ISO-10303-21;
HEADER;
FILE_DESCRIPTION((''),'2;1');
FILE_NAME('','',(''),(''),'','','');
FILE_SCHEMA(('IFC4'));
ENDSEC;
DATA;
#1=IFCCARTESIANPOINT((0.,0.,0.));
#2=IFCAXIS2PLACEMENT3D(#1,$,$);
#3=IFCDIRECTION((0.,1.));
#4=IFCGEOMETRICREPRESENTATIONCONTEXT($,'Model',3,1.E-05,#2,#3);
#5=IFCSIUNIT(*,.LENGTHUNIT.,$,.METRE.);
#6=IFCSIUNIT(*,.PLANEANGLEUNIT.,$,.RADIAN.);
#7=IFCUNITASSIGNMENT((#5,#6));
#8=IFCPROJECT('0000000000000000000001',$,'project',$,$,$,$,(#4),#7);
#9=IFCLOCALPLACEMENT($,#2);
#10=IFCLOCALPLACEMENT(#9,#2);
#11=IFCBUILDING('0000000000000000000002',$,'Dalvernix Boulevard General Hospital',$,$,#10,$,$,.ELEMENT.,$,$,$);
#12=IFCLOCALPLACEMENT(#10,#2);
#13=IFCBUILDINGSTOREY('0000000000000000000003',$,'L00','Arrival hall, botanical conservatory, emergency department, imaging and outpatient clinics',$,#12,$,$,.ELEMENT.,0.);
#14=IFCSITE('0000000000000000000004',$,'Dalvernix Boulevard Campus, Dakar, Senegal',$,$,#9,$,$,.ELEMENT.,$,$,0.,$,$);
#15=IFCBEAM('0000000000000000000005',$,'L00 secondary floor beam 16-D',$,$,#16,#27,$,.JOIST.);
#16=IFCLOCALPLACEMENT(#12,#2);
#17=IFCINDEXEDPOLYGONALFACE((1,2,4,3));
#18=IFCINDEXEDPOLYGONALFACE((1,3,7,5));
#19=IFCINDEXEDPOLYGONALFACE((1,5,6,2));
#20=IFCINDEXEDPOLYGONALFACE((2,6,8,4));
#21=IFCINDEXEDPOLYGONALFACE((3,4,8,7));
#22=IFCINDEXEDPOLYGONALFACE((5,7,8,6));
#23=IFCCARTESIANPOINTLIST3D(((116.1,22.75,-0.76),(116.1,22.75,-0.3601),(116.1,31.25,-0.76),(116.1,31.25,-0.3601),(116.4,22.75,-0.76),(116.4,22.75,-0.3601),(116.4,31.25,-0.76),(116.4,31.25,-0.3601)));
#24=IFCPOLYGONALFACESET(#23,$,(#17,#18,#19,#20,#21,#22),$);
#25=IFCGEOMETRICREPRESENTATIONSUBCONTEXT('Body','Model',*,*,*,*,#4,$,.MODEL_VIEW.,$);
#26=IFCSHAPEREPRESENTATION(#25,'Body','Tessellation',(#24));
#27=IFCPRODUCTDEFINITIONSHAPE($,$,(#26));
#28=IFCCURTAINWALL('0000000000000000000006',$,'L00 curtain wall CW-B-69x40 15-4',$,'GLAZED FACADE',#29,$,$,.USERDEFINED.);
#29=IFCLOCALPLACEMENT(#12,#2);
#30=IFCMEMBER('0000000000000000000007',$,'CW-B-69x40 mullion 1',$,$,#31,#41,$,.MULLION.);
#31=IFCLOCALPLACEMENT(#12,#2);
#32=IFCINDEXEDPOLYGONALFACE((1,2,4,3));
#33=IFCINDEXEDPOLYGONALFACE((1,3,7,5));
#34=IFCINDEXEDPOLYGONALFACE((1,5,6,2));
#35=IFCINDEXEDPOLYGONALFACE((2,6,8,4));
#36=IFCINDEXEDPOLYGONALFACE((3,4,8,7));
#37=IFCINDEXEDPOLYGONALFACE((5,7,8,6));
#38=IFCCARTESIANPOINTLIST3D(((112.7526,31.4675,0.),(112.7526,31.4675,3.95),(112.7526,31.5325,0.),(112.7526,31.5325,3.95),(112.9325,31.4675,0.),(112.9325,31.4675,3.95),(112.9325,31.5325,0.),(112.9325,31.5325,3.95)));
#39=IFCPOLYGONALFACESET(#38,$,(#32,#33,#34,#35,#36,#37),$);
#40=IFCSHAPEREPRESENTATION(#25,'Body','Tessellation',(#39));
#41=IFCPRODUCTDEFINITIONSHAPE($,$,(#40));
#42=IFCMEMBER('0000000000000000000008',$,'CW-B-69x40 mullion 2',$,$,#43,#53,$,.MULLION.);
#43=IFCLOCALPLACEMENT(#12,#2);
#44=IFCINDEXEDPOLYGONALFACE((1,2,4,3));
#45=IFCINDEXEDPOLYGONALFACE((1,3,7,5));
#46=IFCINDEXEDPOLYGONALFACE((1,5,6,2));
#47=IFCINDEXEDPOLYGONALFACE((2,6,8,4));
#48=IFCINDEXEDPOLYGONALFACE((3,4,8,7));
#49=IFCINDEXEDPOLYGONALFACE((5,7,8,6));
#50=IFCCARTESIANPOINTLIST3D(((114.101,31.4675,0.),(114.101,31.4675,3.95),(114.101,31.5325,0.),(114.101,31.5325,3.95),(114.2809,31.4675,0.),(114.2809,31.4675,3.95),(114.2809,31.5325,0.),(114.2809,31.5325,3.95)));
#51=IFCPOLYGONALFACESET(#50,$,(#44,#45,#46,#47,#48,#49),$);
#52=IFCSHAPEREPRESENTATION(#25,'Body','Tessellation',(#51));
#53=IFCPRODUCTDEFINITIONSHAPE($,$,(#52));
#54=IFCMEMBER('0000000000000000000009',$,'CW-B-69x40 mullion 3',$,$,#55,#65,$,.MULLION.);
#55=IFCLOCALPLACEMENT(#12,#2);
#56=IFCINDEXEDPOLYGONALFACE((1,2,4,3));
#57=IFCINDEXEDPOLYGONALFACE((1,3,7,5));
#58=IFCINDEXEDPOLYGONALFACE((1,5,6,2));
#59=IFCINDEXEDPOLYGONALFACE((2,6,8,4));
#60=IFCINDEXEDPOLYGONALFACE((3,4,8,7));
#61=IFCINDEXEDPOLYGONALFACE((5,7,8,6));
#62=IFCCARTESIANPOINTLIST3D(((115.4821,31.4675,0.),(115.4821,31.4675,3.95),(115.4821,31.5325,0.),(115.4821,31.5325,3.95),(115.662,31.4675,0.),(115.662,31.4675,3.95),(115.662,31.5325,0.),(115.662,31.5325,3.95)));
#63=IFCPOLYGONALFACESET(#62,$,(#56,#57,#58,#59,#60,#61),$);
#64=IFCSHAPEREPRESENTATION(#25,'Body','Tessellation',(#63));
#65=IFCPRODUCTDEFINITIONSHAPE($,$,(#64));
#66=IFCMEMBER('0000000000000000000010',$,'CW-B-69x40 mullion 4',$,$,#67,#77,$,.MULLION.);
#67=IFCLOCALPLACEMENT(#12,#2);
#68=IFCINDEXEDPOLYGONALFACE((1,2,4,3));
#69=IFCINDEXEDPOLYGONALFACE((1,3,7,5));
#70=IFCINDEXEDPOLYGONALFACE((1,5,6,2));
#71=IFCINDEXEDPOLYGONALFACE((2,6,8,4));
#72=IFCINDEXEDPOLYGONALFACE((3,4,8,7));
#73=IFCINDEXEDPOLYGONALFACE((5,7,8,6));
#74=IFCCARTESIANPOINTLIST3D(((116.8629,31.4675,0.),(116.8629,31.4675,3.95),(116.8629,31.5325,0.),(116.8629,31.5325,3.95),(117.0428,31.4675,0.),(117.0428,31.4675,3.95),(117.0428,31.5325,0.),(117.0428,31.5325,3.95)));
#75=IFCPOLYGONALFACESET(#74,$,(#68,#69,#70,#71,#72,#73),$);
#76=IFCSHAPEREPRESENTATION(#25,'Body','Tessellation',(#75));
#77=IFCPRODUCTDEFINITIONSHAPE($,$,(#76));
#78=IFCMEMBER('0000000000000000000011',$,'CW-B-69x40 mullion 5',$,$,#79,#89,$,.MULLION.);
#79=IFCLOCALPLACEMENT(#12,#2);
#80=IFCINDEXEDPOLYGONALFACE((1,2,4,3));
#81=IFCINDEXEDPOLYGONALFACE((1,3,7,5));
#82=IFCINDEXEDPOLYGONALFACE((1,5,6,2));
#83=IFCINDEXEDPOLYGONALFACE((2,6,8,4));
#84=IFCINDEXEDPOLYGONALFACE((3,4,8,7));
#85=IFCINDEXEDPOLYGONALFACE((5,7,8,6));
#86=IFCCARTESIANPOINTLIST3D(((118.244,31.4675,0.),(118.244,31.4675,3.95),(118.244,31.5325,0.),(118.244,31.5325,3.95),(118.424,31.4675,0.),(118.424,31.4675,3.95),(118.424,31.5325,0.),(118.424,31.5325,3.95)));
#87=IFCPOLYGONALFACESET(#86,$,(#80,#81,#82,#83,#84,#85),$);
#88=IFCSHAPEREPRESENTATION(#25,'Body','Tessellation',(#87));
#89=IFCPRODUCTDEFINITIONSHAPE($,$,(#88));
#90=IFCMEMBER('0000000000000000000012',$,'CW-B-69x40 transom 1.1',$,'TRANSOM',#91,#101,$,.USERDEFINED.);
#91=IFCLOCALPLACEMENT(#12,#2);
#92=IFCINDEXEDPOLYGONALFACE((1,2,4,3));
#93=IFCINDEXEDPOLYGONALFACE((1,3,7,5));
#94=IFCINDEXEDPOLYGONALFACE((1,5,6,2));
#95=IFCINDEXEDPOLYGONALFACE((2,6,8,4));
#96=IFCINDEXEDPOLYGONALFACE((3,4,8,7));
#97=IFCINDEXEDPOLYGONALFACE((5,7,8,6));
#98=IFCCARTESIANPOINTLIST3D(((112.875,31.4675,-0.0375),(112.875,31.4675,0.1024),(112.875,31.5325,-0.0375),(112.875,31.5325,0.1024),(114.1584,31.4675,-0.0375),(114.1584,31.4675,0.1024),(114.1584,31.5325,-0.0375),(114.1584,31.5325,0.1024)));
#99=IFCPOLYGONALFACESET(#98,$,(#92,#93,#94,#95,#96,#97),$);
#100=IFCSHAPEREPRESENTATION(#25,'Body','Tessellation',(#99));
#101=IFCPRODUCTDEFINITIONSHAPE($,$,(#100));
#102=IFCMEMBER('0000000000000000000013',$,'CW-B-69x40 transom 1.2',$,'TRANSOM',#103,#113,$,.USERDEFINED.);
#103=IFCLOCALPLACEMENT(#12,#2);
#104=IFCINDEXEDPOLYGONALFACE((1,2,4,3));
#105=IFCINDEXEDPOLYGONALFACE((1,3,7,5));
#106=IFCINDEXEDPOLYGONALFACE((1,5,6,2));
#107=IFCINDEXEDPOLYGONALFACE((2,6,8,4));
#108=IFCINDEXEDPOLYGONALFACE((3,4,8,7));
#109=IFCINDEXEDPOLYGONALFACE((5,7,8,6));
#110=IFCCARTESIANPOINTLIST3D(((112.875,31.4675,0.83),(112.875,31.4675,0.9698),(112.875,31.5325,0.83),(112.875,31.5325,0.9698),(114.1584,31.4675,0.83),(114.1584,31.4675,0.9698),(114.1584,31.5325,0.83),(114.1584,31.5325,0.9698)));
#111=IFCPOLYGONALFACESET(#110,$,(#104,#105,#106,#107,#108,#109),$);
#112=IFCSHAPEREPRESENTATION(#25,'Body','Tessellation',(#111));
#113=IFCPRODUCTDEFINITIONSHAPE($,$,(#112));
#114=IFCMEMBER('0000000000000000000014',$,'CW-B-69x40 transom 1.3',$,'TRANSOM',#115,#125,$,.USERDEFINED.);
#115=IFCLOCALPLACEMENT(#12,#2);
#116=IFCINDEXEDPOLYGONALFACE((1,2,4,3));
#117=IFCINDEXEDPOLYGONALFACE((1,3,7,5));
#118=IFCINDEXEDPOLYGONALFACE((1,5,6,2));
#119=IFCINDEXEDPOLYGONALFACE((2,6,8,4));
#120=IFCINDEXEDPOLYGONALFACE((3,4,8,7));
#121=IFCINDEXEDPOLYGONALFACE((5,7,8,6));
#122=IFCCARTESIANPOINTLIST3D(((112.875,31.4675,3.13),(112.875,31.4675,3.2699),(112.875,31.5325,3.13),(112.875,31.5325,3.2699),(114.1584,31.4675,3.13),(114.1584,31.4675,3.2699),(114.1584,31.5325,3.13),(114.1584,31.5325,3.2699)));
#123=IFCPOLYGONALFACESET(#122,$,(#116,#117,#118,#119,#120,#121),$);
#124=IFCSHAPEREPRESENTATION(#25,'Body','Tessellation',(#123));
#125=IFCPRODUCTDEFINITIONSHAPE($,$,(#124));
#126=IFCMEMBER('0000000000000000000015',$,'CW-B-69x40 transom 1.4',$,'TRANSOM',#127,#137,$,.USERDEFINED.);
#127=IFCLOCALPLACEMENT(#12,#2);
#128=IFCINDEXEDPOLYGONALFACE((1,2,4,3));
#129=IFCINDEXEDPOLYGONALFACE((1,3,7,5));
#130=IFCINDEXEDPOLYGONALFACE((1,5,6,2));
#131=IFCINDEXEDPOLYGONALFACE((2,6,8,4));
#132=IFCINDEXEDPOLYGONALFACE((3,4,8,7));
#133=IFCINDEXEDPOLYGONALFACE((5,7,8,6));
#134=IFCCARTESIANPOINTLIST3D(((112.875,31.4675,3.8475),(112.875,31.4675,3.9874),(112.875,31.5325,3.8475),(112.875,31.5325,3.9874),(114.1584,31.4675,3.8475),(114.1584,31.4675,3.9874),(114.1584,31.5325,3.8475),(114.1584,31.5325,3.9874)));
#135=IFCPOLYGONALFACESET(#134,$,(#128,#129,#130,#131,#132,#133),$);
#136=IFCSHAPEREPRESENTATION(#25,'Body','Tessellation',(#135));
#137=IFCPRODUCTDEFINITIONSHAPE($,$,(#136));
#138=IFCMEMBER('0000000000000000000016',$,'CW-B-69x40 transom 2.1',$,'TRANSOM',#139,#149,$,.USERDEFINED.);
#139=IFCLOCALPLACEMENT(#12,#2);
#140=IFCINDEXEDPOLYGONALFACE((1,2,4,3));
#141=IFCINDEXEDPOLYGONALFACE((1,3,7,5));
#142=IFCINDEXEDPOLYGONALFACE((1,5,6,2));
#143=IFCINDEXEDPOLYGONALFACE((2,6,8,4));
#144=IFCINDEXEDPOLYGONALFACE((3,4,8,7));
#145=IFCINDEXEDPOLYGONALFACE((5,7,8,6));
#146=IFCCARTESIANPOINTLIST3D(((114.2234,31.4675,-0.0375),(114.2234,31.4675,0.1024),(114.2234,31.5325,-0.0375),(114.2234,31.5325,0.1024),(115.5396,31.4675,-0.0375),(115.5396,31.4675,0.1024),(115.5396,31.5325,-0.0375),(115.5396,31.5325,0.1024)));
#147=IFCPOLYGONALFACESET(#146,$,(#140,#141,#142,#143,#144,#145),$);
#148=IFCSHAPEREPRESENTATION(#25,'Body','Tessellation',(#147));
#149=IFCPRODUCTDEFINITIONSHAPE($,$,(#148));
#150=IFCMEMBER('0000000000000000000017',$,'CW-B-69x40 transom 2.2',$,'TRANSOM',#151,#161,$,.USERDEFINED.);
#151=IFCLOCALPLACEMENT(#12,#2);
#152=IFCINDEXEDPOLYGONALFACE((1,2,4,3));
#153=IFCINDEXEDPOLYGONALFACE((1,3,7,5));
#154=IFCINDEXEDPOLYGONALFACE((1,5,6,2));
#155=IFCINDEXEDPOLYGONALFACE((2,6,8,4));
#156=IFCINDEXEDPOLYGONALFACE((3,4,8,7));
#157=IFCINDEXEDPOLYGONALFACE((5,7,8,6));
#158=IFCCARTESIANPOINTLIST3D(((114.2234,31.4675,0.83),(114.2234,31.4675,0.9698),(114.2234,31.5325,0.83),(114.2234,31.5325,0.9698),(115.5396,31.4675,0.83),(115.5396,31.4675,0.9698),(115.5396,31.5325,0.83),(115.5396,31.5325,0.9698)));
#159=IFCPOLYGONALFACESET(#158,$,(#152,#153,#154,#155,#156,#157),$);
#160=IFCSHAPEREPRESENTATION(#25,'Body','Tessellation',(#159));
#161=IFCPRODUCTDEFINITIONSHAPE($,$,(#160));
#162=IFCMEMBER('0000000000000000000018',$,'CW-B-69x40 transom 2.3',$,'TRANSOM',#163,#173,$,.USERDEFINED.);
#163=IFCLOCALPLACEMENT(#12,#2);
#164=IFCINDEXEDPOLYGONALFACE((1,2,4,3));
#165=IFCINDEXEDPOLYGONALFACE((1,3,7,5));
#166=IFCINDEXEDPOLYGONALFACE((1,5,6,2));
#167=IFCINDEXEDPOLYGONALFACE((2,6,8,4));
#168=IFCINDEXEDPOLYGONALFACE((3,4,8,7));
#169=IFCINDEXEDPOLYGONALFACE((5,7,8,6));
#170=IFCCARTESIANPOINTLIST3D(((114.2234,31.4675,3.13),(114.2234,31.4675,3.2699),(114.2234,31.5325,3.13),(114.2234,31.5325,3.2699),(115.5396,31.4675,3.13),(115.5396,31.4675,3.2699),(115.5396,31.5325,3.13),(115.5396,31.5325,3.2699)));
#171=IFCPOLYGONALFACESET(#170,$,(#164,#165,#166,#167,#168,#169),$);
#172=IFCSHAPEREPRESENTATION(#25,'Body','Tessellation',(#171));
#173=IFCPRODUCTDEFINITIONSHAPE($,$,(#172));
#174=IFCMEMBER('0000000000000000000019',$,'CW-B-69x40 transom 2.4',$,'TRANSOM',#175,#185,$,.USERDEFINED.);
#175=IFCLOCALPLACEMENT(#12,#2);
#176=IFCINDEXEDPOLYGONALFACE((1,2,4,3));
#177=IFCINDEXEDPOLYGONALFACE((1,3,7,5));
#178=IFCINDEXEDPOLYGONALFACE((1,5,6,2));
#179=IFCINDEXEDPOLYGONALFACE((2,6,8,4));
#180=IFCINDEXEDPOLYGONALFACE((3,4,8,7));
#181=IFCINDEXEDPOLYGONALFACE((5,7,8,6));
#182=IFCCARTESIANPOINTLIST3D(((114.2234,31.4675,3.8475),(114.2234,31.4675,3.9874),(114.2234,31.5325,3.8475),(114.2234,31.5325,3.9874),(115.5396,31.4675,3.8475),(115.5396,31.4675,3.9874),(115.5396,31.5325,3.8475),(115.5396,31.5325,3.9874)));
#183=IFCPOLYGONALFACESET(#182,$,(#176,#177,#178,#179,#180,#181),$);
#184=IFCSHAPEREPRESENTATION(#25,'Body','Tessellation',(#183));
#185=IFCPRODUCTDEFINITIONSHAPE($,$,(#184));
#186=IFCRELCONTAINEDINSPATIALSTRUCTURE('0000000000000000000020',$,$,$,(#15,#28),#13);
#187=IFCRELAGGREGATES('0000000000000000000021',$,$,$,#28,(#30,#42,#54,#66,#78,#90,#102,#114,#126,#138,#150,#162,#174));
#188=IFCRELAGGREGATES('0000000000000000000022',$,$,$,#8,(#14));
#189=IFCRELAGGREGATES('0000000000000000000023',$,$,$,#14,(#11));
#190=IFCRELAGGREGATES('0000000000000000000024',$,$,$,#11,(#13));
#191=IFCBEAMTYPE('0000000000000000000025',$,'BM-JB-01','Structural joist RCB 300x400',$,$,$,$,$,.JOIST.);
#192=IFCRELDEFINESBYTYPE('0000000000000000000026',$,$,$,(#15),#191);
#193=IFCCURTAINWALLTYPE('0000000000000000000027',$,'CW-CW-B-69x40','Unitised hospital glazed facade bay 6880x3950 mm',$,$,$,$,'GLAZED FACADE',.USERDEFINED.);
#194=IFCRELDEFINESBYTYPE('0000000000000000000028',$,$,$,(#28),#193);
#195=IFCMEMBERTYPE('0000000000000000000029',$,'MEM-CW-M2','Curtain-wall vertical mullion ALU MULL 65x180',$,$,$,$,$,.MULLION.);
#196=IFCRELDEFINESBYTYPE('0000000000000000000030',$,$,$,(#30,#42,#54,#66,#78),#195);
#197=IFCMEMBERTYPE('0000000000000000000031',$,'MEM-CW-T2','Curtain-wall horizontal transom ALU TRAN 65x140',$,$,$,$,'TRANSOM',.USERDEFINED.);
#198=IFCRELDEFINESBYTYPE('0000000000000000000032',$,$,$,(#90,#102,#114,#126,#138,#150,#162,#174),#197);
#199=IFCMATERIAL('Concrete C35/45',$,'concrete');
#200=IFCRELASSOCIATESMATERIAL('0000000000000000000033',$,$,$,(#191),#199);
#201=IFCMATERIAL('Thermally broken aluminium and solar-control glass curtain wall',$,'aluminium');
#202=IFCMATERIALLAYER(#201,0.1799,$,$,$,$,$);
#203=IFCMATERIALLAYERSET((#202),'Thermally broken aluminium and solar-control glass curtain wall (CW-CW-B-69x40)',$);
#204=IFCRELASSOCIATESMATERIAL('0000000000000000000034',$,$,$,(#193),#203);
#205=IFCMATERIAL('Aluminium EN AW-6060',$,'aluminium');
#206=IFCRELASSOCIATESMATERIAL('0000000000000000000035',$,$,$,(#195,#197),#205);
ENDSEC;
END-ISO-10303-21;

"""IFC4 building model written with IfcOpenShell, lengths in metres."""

from ifc_helpers import new_model, si_unit, direction, frame, origin, origin_2d, place, context, subcontext, project, spatial, rectangle, extrude, material, layer, layer_set, material_profile, profile_set, type_object, element, aggregate, save


model = new_model("IFC4")

# Units and contexts
model_context = context("Model", 3, precision=1e-05, world=origin(), true_north=direction((0.0, 1.0)))
body_context = subcontext(model_context, "Body", "Model", "MODEL_VIEW")
ifc_project = project(units=[si_unit("LENGTHUNIT", "METRE"), si_unit("PLANEANGLEUNIT", "RADIAN")], contexts=[model_context])

# Site, building, storey
site_placement = place(None, origin())
site = spatial("IfcSite", under=ifc_project, at=site_placement, Name="Dalvernix Boulevard Campus, Dakar, Senegal", CompositionType="ELEMENT", RefElevation=0.0)
building_placement = place(site_placement, origin())
building = spatial("IfcBuilding", under=site, at=building_placement, Name="Dalvernix Boulevard General Hospital", CompositionType="ELEMENT")
storey_placement = place(building_placement, origin())
storey = spatial("IfcBuildingStorey", under=building, at=storey_placement, Name="L00", Description="Arrival hall, botanical conservatory, emergency department, imaging and outpatient clinics", CompositionType="ELEMENT", Elevation=0.0)

# Beam
ifc_material_1 = material(Name="Concrete C35/45", Category="concrete")
ifc_material_profile_1 = material_profile(ifc_material_1, rectangle(XDim=0.3, YDim=0.3999, at=origin_2d()), Name="RCB 300x400")
ifc_profile_set_1 = profile_set([ifc_material_profile_1], Name="Concrete C35/45")
beam_type = type_object("IfcBeamType", Name="BM-JB-01", Description="Structural joist RCB 300x400", PredefinedType="JOIST", material=ifc_profile_set_1)
beam_placement = place(storey_placement, frame((116.25, 22.75, -0.5601), z_axis=(0.0, 1.0, 0.0), x_axis=(-1.0, 0.0, 0.0)))
element("IfcBeam", 1, at=beam_placement, inside=storey, type_object=beam_type, Name="L00 secondary floor beam 16-D", PredefinedType="JOIST", context=body_context, shape_type="SweptSolid", body=[
    extrude(rectangle(XDim=0.3, YDim=0.3999, at=origin_2d()), origin(), (0.0, 0.0, 1.0), 8.5),
])

# Curtain wall, members
ifc_material_2 = material(Name="Thermally broken aluminium and solar-control glass curtain wall", Category="aluminium")
ifc_layer_1 = layer(ifc_material_2, 0.1799)
ifc_layer_set_1 = layer_set([ifc_layer_1], Name="Thermally broken aluminium and solar-control glass curtain wall (CW-CW-B-69x40)")
curtain_wall_type = type_object("IfcCurtainWallType", Name="CW-CW-B-69x40", Description="Unitised hospital glazed facade bay 6880x3950 mm", ElementType="GLAZED FACADE", PredefinedType="USERDEFINED", material=ifc_layer_set_1)
curtain_wall_placement = place(storey_placement, origin())
curtain_wall = element("IfcCurtainWall", 2, at=curtain_wall_placement, inside=storey, type_object=curtain_wall_type, Name="L00 curtain wall CW-B-69x40 15-4", ObjectType="GLAZED FACADE", PredefinedType="USERDEFINED")
ifc_material_3 = material(Name="Aluminium EN AW-6060", Category="aluminium")
ifc_material_profile_2 = material_profile(ifc_material_3, rectangle(XDim=0.0649, YDim=0.1799, at=origin_2d()), Name="ALU MULL 65x180")
ifc_profile_set_2 = profile_set([ifc_material_profile_2], Name="Aluminium EN AW-6060")
member_type_1 = type_object("IfcMemberType", Name="MEM-CW-M2", Description="Curtain-wall vertical mullion ALU MULL 65x180", PredefinedType="MULLION", material=ifc_profile_set_2)
member_1_placement = place(storey_placement, frame((112.8425, 31.5, 0.0), z_axis=(0.0, 0.0, 1.0), x_axis=(0.0, 1.0, 0.0)))
member_1 = element("IfcMember", 3, at=member_1_placement, type_object=member_type_1, Name="CW-B-69x40 mullion 1", PredefinedType="MULLION", context=body_context, shape_type="SweptSolid", body=[
    extrude(rectangle(XDim=0.0649, YDim=0.1799, at=origin_2d()), origin(), (0.0, 0.0, 1.0), 3.95),
])
member_2_placement = place(storey_placement, frame((114.1909, 31.5, 0.0), z_axis=(0.0, 0.0, 1.0), x_axis=(0.0, 1.0, 0.0)))
member_2 = element("IfcMember", 4, at=member_2_placement, type_object=member_type_1, Name="CW-B-69x40 mullion 2", PredefinedType="MULLION", context=body_context, shape_type="SweptSolid", body=[
    extrude(rectangle(XDim=0.0649, YDim=0.1799, at=origin_2d()), origin(), (0.0, 0.0, 1.0), 3.95),
])
member_3_placement = place(storey_placement, frame((115.572, 31.5, 0.0), z_axis=(0.0, 0.0, 1.0), x_axis=(0.0, 1.0, 0.0)))
member_3 = element("IfcMember", 5, at=member_3_placement, type_object=member_type_1, Name="CW-B-69x40 mullion 3", PredefinedType="MULLION", context=body_context, shape_type="SweptSolid", body=[
    extrude(rectangle(XDim=0.0649, YDim=0.1799, at=origin_2d()), origin(), (0.0, 0.0, 1.0), 3.95),
])
member_4_placement = place(storey_placement, frame((116.9529, 31.5, 0.0), z_axis=(0.0, 0.0, 1.0), x_axis=(0.0, 1.0, 0.0)))
member_4 = element("IfcMember", 6, at=member_4_placement, type_object=member_type_1, Name="CW-B-69x40 mullion 4", PredefinedType="MULLION", context=body_context, shape_type="SweptSolid", body=[
    extrude(rectangle(XDim=0.0649, YDim=0.1799, at=origin_2d()), origin(), (0.0, 0.0, 1.0), 3.95),
])
member_5_placement = place(storey_placement, frame((118.334, 31.5, 0.0), z_axis=(0.0, 0.0, 1.0), x_axis=(0.0, 1.0, 0.0)))
member_5 = element("IfcMember", 7, at=member_5_placement, type_object=member_type_1, Name="CW-B-69x40 mullion 5", PredefinedType="MULLION", context=body_context, shape_type="SweptSolid", body=[
    extrude(rectangle(XDim=0.0649, YDim=0.1799, at=origin_2d()), origin(), (0.0, 0.0, 1.0), 3.95),
])
ifc_material_profile_3 = material_profile(ifc_material_3, rectangle(XDim=0.0649, YDim=0.1399, at=origin_2d()), Name="ALU TRAN 65x140")
ifc_profile_set_3 = profile_set([ifc_material_profile_3], Name="Aluminium EN AW-6060")
member_type_2 = type_object("IfcMemberType", Name="MEM-CW-T2", Description="Curtain-wall horizontal transom ALU TRAN 65x140", ElementType="TRANSOM", PredefinedType="USERDEFINED", material=ifc_profile_set_3)
member_6_placement = place(storey_placement, frame((112.875, 31.5, 0.0325), z_axis=(1.0, 0.0, 0.0), x_axis=(0.0, 1.0, 0.0)))
member_6 = element("IfcMember", 8, at=member_6_placement, type_object=member_type_2, Name="CW-B-69x40 transom 1.1", ObjectType="TRANSOM", PredefinedType="USERDEFINED", context=body_context, shape_type="SweptSolid", body=[
    extrude(rectangle(XDim=0.0649, YDim=0.1399, at=origin_2d()), origin(), (0.0, 0.0, 1.0), 1.2834),
])
member_7_placement = place(storey_placement, frame((112.875, 31.5, 0.8999), z_axis=(1.0, 0.0, 0.0), x_axis=(0.0, 1.0, 0.0)))
member_7 = element("IfcMember", 9, at=member_7_placement, type_object=member_type_2, Name="CW-B-69x40 transom 1.2", ObjectType="TRANSOM", PredefinedType="USERDEFINED", context=body_context, shape_type="SweptSolid", body=[
    extrude(rectangle(XDim=0.0649, YDim=0.1399, at=origin_2d()), origin(), (0.0, 0.0, 1.0), 1.2834),
])
member_8_placement = place(storey_placement, frame((112.875, 31.5, 3.2), z_axis=(1.0, 0.0, 0.0), x_axis=(0.0, 1.0, 0.0)))
member_8 = element("IfcMember", 10, at=member_8_placement, type_object=member_type_2, Name="CW-B-69x40 transom 1.3", ObjectType="TRANSOM", PredefinedType="USERDEFINED", context=body_context, shape_type="SweptSolid", body=[
    extrude(rectangle(XDim=0.0649, YDim=0.1399, at=origin_2d()), origin(), (0.0, 0.0, 1.0), 1.2834),
])
member_9_placement = place(storey_placement, frame((112.875, 31.5, 3.9175), z_axis=(1.0, 0.0, 0.0), x_axis=(0.0, 1.0, 0.0)))
member_9 = element("IfcMember", 11, at=member_9_placement, type_object=member_type_2, Name="CW-B-69x40 transom 1.4", ObjectType="TRANSOM", PredefinedType="USERDEFINED", context=body_context, shape_type="SweptSolid", body=[
    extrude(rectangle(XDim=0.0649, YDim=0.1399, at=origin_2d()), origin(), (0.0, 0.0, 1.0), 1.2834),
])
member_10_placement = place(storey_placement, frame((114.2234, 31.5, 0.0325), z_axis=(1.0, 0.0, 0.0), x_axis=(0.0, 1.0, 0.0)))
member_10 = element("IfcMember", 12, at=member_10_placement, type_object=member_type_2, Name="CW-B-69x40 transom 2.1", ObjectType="TRANSOM", PredefinedType="USERDEFINED", context=body_context, shape_type="SweptSolid", body=[
    extrude(rectangle(XDim=0.0649, YDim=0.1399, at=origin_2d()), origin(), (0.0, 0.0, 1.0), 1.3162),
])
member_11_placement = place(storey_placement, frame((114.2234, 31.5, 0.8999), z_axis=(1.0, 0.0, 0.0), x_axis=(0.0, 1.0, 0.0)))
member_11 = element("IfcMember", 13, at=member_11_placement, type_object=member_type_2, Name="CW-B-69x40 transom 2.2", ObjectType="TRANSOM", PredefinedType="USERDEFINED", context=body_context, shape_type="SweptSolid", body=[
    extrude(rectangle(XDim=0.0649, YDim=0.1399, at=origin_2d()), origin(), (0.0, 0.0, 1.0), 1.3162),
])
member_12_placement = place(storey_placement, frame((114.2234, 31.5, 3.2), z_axis=(1.0, 0.0, 0.0), x_axis=(0.0, 1.0, 0.0)))
member_12 = element("IfcMember", 14, at=member_12_placement, type_object=member_type_2, Name="CW-B-69x40 transom 2.3", ObjectType="TRANSOM", PredefinedType="USERDEFINED", context=body_context, shape_type="SweptSolid", body=[
    extrude(rectangle(XDim=0.0649, YDim=0.1399, at=origin_2d()), origin(), (0.0, 0.0, 1.0), 1.3162),
])
member_13_placement = place(storey_placement, frame((114.2234, 31.5, 3.9175), z_axis=(1.0, 0.0, 0.0), x_axis=(0.0, 1.0, 0.0)))
member_13 = element("IfcMember", 15, at=member_13_placement, type_object=member_type_2, Name="CW-B-69x40 transom 2.4", ObjectType="TRANSOM", PredefinedType="USERDEFINED", context=body_context, shape_type="SweptSolid", body=[
    extrude(rectangle(XDim=0.0649, YDim=0.1399, at=origin_2d()), origin(), (0.0, 0.0, 1.0), 1.3162),
])
aggregate(curtain_wall, [member_1, member_2, member_3, member_4, member_5, member_6, member_7, member_8, member_9, member_10, member_11, member_12, member_13])

save(model, "model.ifc")
